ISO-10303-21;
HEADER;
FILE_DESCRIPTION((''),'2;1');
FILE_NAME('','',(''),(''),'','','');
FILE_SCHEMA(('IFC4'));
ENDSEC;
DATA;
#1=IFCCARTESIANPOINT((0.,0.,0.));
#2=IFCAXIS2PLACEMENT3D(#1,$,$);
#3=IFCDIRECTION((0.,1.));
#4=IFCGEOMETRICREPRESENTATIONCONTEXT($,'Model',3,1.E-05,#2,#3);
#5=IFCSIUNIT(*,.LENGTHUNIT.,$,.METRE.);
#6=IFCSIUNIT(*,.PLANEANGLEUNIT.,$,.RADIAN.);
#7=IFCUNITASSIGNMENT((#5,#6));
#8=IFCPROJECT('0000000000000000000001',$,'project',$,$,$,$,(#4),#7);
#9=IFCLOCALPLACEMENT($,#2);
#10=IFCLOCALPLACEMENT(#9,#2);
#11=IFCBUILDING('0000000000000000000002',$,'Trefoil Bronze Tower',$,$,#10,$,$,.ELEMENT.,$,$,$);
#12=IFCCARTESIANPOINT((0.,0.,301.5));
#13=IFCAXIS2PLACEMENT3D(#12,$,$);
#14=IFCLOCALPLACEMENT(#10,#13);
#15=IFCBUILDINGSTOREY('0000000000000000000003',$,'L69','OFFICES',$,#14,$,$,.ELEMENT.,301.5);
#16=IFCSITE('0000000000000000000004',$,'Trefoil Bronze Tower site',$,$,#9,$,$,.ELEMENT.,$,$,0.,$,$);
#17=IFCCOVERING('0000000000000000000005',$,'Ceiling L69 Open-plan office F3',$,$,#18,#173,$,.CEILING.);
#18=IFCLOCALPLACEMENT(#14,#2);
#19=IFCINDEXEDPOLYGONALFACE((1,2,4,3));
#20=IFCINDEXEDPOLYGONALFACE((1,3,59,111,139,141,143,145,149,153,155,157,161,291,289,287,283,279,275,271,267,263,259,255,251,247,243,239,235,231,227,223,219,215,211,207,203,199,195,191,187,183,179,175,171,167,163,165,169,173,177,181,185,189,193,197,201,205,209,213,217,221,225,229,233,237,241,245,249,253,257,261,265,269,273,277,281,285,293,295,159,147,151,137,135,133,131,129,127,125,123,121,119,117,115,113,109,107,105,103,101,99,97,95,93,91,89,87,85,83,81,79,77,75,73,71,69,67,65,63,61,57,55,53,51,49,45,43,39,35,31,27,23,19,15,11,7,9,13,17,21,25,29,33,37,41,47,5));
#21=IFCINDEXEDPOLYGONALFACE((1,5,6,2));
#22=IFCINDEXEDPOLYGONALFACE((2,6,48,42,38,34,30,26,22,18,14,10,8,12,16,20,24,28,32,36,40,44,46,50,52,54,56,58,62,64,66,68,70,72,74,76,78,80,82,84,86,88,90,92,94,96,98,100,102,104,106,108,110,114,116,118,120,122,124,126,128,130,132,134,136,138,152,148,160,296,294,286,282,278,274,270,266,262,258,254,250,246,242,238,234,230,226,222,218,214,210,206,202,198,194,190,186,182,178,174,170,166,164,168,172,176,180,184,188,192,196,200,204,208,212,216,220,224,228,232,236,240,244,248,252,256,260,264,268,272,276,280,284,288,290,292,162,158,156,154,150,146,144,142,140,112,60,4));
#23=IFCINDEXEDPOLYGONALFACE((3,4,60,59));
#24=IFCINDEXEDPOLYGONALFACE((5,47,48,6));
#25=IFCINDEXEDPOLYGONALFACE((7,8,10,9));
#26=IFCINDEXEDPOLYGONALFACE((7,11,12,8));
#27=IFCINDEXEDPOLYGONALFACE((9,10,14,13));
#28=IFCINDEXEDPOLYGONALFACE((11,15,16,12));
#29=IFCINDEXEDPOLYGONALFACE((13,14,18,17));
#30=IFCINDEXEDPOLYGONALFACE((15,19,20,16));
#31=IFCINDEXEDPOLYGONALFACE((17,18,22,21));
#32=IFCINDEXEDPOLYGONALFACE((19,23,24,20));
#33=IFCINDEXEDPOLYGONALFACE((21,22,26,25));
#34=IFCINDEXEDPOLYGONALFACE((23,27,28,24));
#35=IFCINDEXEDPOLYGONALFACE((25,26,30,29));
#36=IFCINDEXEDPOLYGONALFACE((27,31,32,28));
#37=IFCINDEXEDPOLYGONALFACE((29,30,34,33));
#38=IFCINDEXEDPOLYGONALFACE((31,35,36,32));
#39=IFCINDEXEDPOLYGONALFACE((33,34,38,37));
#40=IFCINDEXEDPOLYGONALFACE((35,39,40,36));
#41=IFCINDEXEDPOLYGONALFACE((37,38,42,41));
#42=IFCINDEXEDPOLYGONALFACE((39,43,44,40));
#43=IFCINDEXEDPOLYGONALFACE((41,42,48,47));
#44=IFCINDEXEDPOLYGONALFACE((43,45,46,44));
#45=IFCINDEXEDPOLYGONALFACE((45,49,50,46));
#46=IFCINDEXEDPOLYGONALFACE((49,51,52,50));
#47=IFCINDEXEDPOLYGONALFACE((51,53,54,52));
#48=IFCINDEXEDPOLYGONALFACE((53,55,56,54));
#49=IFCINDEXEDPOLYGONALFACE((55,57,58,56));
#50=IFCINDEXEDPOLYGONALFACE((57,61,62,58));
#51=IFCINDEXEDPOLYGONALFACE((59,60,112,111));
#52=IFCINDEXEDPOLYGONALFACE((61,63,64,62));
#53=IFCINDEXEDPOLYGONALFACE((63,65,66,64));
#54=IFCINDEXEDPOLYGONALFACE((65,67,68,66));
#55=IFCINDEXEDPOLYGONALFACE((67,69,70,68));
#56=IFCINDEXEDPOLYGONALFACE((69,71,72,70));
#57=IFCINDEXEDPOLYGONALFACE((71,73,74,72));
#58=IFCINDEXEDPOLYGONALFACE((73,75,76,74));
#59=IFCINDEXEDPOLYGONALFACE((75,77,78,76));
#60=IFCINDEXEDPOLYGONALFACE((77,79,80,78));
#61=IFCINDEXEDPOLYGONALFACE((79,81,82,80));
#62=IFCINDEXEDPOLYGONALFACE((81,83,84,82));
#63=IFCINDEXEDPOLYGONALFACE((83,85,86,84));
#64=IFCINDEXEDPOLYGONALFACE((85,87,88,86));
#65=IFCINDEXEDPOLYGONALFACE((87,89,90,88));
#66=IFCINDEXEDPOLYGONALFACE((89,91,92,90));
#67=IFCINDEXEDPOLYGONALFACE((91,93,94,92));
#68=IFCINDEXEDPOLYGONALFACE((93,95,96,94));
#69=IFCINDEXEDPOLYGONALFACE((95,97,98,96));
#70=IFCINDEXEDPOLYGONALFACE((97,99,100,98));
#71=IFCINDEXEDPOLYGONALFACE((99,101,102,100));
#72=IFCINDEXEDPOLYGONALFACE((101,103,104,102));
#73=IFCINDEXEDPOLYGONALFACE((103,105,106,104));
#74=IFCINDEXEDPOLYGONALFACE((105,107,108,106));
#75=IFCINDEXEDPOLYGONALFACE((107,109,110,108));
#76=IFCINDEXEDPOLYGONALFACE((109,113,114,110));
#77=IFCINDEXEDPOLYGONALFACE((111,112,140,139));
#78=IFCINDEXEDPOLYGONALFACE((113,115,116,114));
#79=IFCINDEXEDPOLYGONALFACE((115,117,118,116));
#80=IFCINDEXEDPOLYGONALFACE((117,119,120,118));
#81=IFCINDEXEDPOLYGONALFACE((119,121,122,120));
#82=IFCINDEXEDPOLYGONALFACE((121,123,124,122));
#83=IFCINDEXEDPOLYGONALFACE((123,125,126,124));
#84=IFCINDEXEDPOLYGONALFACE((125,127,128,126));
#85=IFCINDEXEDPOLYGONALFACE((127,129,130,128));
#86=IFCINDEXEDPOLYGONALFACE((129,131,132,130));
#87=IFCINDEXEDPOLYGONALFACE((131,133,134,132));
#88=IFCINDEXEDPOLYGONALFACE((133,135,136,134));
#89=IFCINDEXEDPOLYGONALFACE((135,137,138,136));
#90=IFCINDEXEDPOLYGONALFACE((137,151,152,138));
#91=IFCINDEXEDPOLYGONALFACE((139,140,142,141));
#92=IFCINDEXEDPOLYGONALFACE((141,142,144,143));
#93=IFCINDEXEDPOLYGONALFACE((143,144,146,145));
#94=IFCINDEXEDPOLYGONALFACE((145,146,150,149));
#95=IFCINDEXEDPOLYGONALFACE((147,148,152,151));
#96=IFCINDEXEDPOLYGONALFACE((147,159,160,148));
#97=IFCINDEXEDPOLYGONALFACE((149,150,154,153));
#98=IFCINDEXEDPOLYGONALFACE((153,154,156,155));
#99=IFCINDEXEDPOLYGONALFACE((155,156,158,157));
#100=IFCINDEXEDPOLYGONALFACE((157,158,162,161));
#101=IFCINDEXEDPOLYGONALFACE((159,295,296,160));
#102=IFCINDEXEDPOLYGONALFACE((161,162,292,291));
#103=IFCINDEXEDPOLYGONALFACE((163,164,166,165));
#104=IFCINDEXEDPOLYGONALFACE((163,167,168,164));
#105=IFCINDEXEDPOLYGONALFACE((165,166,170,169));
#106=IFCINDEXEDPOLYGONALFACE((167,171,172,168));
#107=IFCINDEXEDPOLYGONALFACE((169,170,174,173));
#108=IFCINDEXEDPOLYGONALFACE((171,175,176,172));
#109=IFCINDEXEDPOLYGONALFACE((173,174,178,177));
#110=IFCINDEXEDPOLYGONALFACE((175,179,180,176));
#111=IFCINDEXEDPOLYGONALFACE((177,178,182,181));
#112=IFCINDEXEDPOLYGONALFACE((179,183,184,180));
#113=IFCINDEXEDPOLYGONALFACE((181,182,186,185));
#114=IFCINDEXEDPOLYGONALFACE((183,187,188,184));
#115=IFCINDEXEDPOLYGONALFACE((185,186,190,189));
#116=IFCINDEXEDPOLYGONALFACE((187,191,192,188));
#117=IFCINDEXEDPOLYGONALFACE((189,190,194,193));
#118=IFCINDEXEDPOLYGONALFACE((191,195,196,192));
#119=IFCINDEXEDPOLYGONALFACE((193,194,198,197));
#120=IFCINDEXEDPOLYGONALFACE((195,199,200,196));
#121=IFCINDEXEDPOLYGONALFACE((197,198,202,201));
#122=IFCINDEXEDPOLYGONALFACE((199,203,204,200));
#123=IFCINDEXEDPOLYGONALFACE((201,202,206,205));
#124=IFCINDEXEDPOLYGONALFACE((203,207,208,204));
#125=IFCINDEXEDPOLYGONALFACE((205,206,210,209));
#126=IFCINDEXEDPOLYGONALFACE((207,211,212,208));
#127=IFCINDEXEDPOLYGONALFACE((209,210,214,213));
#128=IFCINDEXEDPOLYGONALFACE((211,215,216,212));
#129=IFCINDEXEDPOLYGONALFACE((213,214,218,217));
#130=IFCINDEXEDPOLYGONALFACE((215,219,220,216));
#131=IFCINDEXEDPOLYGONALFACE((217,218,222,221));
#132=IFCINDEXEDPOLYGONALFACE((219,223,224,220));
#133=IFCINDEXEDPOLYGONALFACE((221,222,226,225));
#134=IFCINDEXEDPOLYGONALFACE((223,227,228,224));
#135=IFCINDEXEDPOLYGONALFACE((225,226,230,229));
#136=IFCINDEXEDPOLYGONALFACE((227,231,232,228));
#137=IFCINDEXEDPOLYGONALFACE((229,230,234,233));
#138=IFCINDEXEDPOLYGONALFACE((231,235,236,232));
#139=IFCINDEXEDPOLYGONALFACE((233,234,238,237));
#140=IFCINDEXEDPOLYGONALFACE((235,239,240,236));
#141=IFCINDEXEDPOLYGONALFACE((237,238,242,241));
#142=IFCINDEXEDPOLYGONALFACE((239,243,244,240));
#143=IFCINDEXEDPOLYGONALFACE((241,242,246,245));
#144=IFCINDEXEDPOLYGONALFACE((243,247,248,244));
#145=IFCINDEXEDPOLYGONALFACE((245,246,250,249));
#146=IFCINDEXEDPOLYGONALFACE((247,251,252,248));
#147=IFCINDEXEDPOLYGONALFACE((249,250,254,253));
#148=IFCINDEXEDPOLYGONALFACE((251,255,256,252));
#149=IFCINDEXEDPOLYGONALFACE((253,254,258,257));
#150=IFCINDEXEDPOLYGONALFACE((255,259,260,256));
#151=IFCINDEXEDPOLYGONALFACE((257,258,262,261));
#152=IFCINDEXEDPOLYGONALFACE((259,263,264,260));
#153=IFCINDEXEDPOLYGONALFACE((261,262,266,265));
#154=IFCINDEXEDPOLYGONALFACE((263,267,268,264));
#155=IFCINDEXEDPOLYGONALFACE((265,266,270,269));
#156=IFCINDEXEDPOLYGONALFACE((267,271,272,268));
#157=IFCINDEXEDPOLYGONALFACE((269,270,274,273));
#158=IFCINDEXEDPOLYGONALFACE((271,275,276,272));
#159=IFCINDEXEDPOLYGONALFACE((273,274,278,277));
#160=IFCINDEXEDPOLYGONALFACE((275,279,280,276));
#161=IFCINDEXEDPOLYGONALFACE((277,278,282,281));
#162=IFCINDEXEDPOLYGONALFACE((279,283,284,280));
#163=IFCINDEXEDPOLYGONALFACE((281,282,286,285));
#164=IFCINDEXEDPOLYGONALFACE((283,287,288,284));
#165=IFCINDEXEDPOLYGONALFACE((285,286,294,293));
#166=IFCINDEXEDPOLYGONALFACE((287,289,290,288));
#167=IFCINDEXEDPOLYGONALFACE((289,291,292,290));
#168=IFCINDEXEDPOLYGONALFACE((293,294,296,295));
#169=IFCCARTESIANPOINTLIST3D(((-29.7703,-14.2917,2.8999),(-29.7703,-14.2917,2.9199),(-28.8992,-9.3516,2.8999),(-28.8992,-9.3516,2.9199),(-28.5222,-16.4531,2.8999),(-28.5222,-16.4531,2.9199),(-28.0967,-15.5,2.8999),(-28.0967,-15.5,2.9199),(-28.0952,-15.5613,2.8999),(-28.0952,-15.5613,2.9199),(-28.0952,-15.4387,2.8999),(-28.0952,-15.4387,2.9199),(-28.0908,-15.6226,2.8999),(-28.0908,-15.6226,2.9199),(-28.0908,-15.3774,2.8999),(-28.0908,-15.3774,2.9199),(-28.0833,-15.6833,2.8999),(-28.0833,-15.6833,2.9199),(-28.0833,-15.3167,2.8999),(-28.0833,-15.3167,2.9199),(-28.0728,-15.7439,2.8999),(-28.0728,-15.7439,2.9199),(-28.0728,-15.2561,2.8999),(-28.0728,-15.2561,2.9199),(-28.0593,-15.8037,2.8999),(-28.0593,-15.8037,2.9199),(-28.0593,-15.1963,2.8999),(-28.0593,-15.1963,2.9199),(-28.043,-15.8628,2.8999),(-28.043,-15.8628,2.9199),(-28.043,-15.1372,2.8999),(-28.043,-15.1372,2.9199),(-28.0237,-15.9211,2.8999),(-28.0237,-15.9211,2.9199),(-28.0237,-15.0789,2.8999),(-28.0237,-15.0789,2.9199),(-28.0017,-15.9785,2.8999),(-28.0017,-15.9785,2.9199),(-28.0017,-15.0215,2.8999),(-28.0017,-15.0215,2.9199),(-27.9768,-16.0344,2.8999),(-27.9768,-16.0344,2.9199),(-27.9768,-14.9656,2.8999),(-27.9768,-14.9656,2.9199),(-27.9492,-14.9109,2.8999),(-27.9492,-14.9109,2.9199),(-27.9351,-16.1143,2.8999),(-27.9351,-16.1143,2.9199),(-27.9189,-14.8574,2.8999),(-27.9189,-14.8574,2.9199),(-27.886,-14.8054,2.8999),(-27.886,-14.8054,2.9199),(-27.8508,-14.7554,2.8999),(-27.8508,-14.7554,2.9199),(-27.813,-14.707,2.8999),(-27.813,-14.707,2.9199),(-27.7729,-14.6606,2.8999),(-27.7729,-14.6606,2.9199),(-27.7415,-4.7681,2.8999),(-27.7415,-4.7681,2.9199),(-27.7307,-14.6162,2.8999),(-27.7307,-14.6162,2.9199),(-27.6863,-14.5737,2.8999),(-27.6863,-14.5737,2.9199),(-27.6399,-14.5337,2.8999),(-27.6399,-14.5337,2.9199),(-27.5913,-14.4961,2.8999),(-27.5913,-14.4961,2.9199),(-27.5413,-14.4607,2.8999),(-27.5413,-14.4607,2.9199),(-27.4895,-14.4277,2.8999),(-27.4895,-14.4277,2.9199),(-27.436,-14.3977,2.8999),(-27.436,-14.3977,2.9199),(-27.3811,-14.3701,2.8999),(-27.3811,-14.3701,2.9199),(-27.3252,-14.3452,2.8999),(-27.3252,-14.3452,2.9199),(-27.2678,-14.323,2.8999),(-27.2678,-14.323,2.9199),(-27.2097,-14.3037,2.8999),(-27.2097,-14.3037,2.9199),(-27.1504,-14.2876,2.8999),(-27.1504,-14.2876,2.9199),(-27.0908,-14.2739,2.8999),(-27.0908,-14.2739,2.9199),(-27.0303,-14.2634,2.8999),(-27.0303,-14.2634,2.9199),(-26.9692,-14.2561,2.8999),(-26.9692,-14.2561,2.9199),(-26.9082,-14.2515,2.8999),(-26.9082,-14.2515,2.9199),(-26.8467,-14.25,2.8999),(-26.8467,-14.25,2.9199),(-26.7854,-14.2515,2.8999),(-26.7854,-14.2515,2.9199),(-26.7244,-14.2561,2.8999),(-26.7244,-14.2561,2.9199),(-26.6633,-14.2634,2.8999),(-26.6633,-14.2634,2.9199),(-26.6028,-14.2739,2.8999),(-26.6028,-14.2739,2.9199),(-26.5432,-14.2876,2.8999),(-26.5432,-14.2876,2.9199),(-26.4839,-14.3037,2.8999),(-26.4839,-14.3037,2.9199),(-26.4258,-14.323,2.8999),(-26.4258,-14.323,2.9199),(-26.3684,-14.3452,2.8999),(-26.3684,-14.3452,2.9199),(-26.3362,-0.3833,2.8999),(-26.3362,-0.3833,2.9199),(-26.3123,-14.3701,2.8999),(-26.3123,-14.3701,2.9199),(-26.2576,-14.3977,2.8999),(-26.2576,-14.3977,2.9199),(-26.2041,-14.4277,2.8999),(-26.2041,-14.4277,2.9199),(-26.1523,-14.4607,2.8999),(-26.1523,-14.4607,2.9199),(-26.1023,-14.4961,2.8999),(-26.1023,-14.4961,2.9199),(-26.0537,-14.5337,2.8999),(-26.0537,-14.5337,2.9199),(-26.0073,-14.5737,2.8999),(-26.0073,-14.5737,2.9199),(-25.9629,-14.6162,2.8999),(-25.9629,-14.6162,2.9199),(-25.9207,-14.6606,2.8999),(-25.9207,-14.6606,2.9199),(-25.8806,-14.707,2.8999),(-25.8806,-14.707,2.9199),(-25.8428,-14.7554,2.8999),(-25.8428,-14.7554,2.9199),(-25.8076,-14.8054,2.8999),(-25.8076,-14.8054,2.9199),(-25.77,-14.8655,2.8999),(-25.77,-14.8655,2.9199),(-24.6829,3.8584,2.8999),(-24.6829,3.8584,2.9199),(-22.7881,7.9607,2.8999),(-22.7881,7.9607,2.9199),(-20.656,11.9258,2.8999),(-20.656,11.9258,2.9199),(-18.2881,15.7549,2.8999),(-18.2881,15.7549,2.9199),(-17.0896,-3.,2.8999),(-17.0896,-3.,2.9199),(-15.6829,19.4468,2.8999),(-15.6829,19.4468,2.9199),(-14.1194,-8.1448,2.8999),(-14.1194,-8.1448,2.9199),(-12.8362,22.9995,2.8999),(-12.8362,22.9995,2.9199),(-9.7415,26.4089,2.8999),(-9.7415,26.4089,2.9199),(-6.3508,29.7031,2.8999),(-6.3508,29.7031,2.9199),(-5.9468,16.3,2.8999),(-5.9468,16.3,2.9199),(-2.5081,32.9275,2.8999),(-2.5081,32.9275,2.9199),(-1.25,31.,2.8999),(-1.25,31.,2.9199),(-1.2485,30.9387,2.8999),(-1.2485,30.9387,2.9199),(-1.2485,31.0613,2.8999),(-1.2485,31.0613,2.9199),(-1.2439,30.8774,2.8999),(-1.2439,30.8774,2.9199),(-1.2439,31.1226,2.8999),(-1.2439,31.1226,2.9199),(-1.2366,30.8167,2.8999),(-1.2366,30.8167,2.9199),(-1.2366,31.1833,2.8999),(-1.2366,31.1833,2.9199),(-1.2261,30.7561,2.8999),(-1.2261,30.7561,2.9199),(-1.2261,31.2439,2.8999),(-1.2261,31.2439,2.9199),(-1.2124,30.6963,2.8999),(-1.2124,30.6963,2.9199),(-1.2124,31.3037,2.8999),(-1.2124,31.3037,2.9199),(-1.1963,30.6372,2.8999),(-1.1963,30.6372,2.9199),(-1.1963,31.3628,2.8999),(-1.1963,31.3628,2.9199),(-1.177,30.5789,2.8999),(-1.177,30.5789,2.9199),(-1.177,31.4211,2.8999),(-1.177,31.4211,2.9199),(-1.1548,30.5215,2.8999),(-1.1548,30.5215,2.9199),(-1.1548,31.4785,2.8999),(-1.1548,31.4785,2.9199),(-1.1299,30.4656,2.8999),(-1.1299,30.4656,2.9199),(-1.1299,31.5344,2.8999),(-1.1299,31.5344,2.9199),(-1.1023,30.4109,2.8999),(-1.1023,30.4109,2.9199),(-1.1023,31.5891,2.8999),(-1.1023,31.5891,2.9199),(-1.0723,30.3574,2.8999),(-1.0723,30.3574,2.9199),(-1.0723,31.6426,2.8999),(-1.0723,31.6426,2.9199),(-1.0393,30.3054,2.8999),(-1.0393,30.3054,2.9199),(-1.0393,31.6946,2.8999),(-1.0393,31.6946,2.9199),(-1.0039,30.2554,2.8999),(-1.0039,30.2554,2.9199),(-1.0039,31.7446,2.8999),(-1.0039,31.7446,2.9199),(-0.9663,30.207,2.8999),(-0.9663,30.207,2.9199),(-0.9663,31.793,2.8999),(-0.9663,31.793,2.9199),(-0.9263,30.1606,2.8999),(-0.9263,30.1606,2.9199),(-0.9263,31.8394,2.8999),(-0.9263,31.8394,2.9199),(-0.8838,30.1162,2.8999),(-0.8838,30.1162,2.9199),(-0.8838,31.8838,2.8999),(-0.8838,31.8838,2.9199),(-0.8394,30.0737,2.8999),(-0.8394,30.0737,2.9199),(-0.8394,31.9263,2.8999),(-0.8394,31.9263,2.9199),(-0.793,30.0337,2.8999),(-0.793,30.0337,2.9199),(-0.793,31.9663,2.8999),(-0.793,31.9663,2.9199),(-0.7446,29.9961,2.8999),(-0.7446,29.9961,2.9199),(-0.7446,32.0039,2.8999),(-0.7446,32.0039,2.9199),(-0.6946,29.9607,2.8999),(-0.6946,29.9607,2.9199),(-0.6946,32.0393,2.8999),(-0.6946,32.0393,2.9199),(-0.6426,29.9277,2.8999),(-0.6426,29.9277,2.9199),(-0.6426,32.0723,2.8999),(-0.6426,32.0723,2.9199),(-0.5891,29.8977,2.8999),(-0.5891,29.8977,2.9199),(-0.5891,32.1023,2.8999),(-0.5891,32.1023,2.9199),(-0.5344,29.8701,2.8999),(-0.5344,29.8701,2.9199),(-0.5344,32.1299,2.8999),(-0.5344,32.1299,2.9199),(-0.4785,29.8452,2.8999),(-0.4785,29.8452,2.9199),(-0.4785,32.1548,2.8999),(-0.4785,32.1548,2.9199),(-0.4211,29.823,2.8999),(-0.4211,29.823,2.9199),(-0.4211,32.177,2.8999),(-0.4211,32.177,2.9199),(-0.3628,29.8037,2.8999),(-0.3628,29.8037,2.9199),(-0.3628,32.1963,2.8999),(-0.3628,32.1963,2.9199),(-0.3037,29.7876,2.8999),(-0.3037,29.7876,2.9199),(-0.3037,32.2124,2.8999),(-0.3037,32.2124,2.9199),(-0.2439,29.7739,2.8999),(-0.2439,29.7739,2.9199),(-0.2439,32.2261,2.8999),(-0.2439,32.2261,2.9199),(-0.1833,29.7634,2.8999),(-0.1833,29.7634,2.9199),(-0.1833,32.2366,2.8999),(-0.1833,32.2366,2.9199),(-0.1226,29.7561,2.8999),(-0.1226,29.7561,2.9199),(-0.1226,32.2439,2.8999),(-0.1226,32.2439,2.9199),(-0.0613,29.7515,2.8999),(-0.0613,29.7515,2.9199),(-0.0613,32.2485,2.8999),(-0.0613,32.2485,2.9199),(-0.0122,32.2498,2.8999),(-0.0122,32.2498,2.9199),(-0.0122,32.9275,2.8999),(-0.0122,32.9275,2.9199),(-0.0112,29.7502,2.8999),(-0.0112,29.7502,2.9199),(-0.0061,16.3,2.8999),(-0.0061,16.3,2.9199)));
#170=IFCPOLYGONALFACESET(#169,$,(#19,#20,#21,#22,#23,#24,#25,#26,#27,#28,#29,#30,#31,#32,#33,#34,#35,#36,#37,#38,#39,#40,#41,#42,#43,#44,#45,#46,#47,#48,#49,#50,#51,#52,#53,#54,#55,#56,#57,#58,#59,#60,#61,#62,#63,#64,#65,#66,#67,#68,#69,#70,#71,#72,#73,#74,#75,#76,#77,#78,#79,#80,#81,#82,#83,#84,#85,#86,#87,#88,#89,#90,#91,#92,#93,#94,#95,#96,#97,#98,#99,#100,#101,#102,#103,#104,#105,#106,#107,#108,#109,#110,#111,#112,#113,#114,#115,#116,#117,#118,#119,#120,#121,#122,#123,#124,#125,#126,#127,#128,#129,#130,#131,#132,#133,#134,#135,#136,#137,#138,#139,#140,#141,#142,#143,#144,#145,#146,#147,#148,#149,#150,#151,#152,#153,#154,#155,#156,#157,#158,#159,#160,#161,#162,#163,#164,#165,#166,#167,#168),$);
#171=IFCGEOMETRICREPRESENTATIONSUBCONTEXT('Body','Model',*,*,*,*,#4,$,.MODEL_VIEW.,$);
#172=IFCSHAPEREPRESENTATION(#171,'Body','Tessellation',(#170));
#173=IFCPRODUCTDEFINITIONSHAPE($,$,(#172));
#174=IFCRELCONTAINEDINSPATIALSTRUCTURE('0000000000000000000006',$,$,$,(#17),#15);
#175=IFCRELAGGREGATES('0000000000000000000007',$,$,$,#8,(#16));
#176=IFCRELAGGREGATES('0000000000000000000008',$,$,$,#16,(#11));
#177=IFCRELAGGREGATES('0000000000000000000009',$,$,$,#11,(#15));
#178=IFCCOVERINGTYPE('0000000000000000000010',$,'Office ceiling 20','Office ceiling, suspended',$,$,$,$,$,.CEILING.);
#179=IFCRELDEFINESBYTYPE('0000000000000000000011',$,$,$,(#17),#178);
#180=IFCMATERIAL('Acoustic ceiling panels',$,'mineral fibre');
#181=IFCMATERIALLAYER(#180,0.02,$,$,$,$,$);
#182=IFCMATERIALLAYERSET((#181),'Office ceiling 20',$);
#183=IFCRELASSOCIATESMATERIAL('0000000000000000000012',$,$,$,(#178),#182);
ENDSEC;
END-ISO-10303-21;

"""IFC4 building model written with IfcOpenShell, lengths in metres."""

from ifc_helpers import new_model, si_unit, direction, frame, origin, place, context, subcontext, project, spatial, polyline, outline, extrude, material, layer, layer_set, type_object, element, save


model = new_model("IFC4")

# Units and contexts
model_context = context("Model", 3, precision=1e-05, world=origin(), true_north=direction((0.0, 1.0)))
body_context = subcontext(model_context, "Body", "Model", "MODEL_VIEW")
ifc_project = project(units=[si_unit("LENGTHUNIT", "METRE"), si_unit("PLANEANGLEUNIT", "RADIAN")], contexts=[model_context])

# Site, building, storey
site_placement = place(None, origin())
site = spatial("IfcSite", under=ifc_project, at=site_placement, Name="Trefoil Bronze Tower site", CompositionType="ELEMENT", RefElevation=0.0)
building_placement = place(site_placement, origin())
building = spatial("IfcBuilding", under=site, at=building_placement, Name="Trefoil Bronze Tower", CompositionType="ELEMENT")
storey_placement = place(building_placement, frame((0.0, 0.0, 301.5)))
storey = spatial("IfcBuildingStorey", under=building, at=storey_placement, Name="L69", Description="OFFICES", CompositionType="ELEMENT", Elevation=301.5)

# Covering
ifc_material_1 = material(Name="Acoustic ceiling panels", Category="mineral fibre")
ifc_layer_1 = layer(ifc_material_1, 0.02)
ifc_layer_set_1 = layer_set([ifc_layer_1], Name="Office ceiling 20")
covering_type_1 = type_object("IfcCoveringType", Name="Office ceiling 20", Description="Office ceiling, suspended", PredefinedType="CEILING", material=ifc_layer_set_1)
covering_1_placement = place(storey_placement, frame((0.0, 0.0, 2.8999)))
element("IfcCovering", 1, at=covering_1_placement, inside=storey, type_object=covering_type_1, Name="Ceiling L69 Open-plan office F3", PredefinedType="CEILING", context=body_context, shape_type="SweptSolid", body=[
    extrude(outline(polyline([(-27.7415, -4.7681), (-26.3362, -0.3833), (-24.6829, 3.8584), (-22.7881, 7.9607), (-20.656, 11.9258), (-18.2881, 15.7549), (-15.6829, 19.4468), (-12.8362, 22.9995), (-9.7415, 26.4089), (-6.3508, 29.7031), (-2.5081, 32.9275), (-0.0122, 32.9275), (-0.0122, 32.2498), (-0.0613, 32.2485), (-0.1226, 32.2439), (-0.1833, 32.2366), (-0.2439, 32.2261), (-0.3037, 32.2124), (-0.3628, 32.1963), (-0.4211, 32.177), (-0.4785, 32.1548), (-0.5344, 32.1299), (-0.5891, 32.1023), (-0.6426, 32.0723), (-0.6946, 32.0393), (-0.7446, 32.0039), (-0.793, 31.9663), (-0.8394, 31.9263), (-0.8838, 31.8838), (-0.9263, 31.8394), (-0.9663, 31.793), (-1.0039, 31.7446), (-1.0393, 31.6946), (-1.0723, 31.6426), (-1.1023, 31.5891), (-1.1299, 31.5344), (-1.1548, 31.4785), (-1.177, 31.4211), (-1.1963, 31.3628), (-1.2124, 31.3037), (-1.2261, 31.2439), (-1.2366, 31.1833), (-1.2439, 31.1226), (-1.2485, 31.0613), (-1.25, 31.0), (-1.2485, 30.9387), (-1.2439, 30.8774), (-1.2366, 30.8167), (-1.2261, 30.7561), (-1.2124, 30.6963), (-1.1963, 30.6372), (-1.177, 30.5789), (-1.1548, 30.5215), (-1.1299, 30.4656), (-1.1023, 30.4109), (-1.0723, 30.3574), (-1.0393, 30.3054), (-1.0039, 30.2554), (-0.9663, 30.207), (-0.9263, 30.1606), (-0.8838, 30.1162), (-0.8394, 30.0737), (-0.793, 30.0337), (-0.7446, 29.9961), (-0.6946, 29.9607), (-0.6426, 29.9277), (-0.5891, 29.8977), (-0.5344, 29.8701), (-0.4785, 29.8452), (-0.4211, 29.823), (-0.3628, 29.8037), (-0.3037, 29.7876), (-0.2439, 29.7739), (-0.1833, 29.7634), (-0.1226, 29.7561), (-0.0613, 29.7515), (-0.0112, 29.7502), (-0.0061, 16.3), (-5.9468, 16.3), (-17.0896, -3.0), (-14.1194, -8.1448), (-25.77, -14.8655), (-25.8076, -14.8054), (-25.8428, -14.7554), (-25.8806, -14.707), (-25.9207, -14.6606), (-25.9629, -14.6162), (-26.0073, -14.5737), (-26.0537, -14.5337), (-26.1023, -14.4961), (-26.1523, -14.4607), (-26.2041, -14.4277), (-26.2576, -14.3977), (-26.3123, -14.3701), (-26.3684, -14.3452), (-26.4258, -14.323), (-26.4839, -14.3037), (-26.5432, -14.2876), (-26.6028, -14.2739), (-26.6633, -14.2634), (-26.7244, -14.2561), (-26.7854, -14.2515), (-26.8467, -14.25), (-26.9082, -14.2515), (-26.9692, -14.2561), (-27.0303, -14.2634), (-27.0908, -14.2739), (-27.1504, -14.2876), (-27.2097, -14.3037), (-27.2678, -14.323), (-27.3252, -14.3452), (-27.3811, -14.3701), (-27.436, -14.3977), (-27.4895, -14.4277), (-27.5413, -14.4607), (-27.5913, -14.4961), (-27.6399, -14.5337), (-27.6863, -14.5737), (-27.7307, -14.6162), (-27.7729, -14.6606), (-27.813, -14.707), (-27.8508, -14.7554), (-27.886, -14.8054), (-27.9189, -14.8574), (-27.9492, -14.9109), (-27.9768, -14.9656), (-28.0017, -15.0215), (-28.0237, -15.0789), (-28.043, -15.1372), (-28.0593, -15.1963), (-28.0728, -15.2561), (-28.0833, -15.3167), (-28.0908, -15.3774), (-28.0952, -15.4387), (-28.0967, -15.5), (-28.0952, -15.5613), (-28.0908, -15.6226), (-28.0833, -15.6833), (-28.0728, -15.7439), (-28.0593, -15.8037), (-28.043, -15.8628), (-28.0237, -15.9211), (-28.0017, -15.9785), (-27.9768, -16.0344), (-27.9351, -16.1143), (-28.5222, -16.4531), (-29.7703, -14.2917), (-28.8992, -9.3516), (-27.7415, -4.7681)])), origin(), (0.0, 0.0, 1.0), 0.02),
])

save(model, "model.ifc")
